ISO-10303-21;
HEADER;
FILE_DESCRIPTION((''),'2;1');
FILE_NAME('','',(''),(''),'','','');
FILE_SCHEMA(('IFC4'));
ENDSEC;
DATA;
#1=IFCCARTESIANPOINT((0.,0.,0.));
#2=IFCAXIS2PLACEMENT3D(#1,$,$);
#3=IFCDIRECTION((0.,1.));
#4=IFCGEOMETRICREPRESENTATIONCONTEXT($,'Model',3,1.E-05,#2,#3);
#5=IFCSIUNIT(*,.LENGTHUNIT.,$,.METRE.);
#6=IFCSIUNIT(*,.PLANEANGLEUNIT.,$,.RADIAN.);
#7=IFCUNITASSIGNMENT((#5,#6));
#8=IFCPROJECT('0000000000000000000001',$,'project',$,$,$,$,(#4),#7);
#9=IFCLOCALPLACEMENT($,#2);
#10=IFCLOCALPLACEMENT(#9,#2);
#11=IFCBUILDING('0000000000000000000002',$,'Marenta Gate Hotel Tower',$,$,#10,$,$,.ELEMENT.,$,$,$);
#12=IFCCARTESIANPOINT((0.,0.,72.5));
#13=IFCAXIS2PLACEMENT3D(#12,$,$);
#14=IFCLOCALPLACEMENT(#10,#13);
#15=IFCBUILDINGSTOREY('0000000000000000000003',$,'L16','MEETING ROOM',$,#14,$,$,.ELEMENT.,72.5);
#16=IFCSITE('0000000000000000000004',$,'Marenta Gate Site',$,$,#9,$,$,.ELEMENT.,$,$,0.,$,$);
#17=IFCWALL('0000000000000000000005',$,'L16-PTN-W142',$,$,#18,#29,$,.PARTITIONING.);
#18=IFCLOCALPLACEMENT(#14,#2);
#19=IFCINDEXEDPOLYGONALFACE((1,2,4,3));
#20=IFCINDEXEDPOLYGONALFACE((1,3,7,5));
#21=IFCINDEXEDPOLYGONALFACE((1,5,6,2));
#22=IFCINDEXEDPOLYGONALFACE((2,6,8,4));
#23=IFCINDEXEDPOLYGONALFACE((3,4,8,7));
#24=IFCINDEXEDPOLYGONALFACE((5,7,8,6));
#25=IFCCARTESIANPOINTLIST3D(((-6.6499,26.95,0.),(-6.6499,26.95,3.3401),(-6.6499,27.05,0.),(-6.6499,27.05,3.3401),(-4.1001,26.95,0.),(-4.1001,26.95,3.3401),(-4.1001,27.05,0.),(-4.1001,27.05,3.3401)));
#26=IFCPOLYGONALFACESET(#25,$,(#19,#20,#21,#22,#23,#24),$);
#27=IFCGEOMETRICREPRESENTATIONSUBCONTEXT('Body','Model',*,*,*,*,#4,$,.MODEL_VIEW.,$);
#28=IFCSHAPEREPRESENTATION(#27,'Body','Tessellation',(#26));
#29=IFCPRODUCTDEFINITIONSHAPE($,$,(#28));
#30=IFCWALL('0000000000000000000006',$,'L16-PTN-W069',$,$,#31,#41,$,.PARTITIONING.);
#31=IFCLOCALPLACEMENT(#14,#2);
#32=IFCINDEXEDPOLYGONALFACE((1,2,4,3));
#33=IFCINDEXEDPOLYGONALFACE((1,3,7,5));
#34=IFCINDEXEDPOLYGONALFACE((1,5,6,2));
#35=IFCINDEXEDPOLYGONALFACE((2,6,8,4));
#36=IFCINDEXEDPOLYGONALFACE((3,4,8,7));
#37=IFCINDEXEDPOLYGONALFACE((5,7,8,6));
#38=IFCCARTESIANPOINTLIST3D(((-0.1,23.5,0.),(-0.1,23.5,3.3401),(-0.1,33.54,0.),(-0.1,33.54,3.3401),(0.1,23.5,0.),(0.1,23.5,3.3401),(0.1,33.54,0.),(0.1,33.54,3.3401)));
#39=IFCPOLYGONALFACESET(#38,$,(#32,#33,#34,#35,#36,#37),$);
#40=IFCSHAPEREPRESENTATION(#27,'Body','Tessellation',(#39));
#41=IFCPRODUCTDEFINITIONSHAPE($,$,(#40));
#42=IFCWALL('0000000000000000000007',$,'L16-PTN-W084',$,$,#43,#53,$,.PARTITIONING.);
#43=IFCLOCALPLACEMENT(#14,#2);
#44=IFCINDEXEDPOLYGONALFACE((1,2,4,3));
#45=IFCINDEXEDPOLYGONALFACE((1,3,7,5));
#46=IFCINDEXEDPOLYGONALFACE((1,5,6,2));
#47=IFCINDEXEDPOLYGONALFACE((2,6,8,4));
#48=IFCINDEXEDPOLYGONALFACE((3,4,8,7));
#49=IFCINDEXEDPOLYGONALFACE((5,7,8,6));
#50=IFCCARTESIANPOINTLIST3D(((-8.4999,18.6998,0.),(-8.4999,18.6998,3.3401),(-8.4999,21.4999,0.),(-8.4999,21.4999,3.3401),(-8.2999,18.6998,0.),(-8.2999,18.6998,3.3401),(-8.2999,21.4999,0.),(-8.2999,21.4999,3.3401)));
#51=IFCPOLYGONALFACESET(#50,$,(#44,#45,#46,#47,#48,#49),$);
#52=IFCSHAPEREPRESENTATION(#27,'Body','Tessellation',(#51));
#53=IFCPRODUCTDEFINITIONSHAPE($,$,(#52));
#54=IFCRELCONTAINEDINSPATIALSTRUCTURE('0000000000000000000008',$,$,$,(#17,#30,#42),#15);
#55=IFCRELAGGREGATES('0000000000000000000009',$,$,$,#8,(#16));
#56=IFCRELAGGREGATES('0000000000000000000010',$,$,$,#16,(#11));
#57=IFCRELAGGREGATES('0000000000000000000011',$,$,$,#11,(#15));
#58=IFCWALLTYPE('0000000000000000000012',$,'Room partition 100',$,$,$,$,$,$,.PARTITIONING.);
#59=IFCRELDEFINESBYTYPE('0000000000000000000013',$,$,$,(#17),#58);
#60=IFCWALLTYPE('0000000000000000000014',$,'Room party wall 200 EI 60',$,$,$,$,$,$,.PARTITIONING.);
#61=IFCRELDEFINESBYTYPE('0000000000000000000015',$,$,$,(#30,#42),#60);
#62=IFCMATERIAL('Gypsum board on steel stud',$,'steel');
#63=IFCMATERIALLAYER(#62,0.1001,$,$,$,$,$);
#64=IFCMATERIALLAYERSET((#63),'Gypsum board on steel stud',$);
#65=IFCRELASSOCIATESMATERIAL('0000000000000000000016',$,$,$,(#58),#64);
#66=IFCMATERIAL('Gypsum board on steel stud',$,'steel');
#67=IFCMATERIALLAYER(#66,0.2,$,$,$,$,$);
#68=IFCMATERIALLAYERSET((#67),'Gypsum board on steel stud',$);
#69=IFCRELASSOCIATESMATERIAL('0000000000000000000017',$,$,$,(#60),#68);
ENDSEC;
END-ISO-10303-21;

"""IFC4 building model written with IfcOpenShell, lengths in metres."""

from ifc_helpers import new_model, si_unit, direction, frame, frame_2d, origin, place, context, subcontext, project, spatial, rectangle, extrude, material, layer, layer_set, type_object, element, save


model = new_model("IFC4")

# Units and contexts
model_context = context("Model", 3, precision=1e-05, world=origin(), true_north=direction((0.0, 1.0)))
body_context = subcontext(model_context, "Body", "Model", "MODEL_VIEW")
ifc_project = project(units=[si_unit("LENGTHUNIT", "METRE"), si_unit("PLANEANGLEUNIT", "RADIAN")], contexts=[model_context])

# Site, building, storey
site_placement = place(None, origin())
site = spatial("IfcSite", under=ifc_project, at=site_placement, Name="Marenta Gate Site", CompositionType="ELEMENT", RefElevation=0.0)
building_placement = place(site_placement, origin())
building = spatial("IfcBuilding", under=site, at=building_placement, Name="Marenta Gate Hotel Tower", CompositionType="ELEMENT")
storey_placement = place(building_placement, frame((0.0, 0.0, 72.5)))
storey = spatial("IfcBuildingStorey", under=building, at=storey_placement, Name="L16", Description="MEETING ROOM", CompositionType="ELEMENT", Elevation=72.5)

# Shared definitions
ifc_material_1 = material(Name="Gypsum board on steel stud", Category="steel")
ifc_layer_1 = layer(ifc_material_1, 0.1001)
ifc_layer_set_1 = layer_set([ifc_layer_1], Name="Gypsum board on steel stud")
wall_type_1 = type_object("IfcWallType", Name="Room partition 100", PredefinedType="PARTITIONING", material=ifc_layer_set_1)

# Walls
wall_1_placement = place(storey_placement, frame((-6.6499, 27.0, 0.0), z_axis=(0.0, 0.0, 1.0), x_axis=(1.0, 0.0, 0.0)))
element("IfcWall", 1, at=wall_1_placement, inside=storey, type_object=wall_type_1, Name="L16-PTN-W142", PredefinedType="PARTITIONING", context=body_context, shape_type="SweptSolid", body=[
    extrude(rectangle(XDim=2.5498, YDim=0.1001, at=frame_2d((1.2749, 0.0))), origin(), (0.0, 0.0, 1.0), 3.3401),
])
ifc_material_2 = material(Name="Gypsum board on steel stud", Category="steel")
ifc_layer_2 = layer(ifc_material_2, 0.2)
ifc_layer_set_2 = layer_set([ifc_layer_2], Name="Gypsum board on steel stud")
wall_type_2 = type_object("IfcWallType", Name="Room party wall 200 EI 60", PredefinedType="PARTITIONING", material=ifc_layer_set_2)
wall_2_placement = place(storey_placement, frame((0.0, 23.5, 0.0), z_axis=(0.0, 0.0, 1.0), x_axis=(0.0, 1.0, 0.0)))
element("IfcWall", 2, at=wall_2_placement, inside=storey, type_object=wall_type_2, Name="L16-PTN-W069", PredefinedType="PARTITIONING", context=body_context, shape_type="SweptSolid", body=[
    extrude(rectangle(XDim=10.04, YDim=0.2, at=frame_2d((5.02, 0.0))), origin(), (0.0, 0.0, 1.0), 3.3401),
])
wall_3_placement = place(storey_placement, frame((-8.3999, 18.7, 0.0), z_axis=(0.0, 0.0, 1.0), x_axis=(0.0, 1.0, 0.0)))
element("IfcWall", 3, at=wall_3_placement, inside=storey, type_object=wall_type_2, Name="L16-PTN-W084", PredefinedType="PARTITIONING", context=body_context, shape_type="SweptSolid", body=[
    extrude(rectangle(XDim=2.8, YDim=0.2, at=frame_2d((1.3999, 0.0))), origin(), (0.0, 0.0, 1.0), 3.3401),
])

save(model, "model.ifc")
